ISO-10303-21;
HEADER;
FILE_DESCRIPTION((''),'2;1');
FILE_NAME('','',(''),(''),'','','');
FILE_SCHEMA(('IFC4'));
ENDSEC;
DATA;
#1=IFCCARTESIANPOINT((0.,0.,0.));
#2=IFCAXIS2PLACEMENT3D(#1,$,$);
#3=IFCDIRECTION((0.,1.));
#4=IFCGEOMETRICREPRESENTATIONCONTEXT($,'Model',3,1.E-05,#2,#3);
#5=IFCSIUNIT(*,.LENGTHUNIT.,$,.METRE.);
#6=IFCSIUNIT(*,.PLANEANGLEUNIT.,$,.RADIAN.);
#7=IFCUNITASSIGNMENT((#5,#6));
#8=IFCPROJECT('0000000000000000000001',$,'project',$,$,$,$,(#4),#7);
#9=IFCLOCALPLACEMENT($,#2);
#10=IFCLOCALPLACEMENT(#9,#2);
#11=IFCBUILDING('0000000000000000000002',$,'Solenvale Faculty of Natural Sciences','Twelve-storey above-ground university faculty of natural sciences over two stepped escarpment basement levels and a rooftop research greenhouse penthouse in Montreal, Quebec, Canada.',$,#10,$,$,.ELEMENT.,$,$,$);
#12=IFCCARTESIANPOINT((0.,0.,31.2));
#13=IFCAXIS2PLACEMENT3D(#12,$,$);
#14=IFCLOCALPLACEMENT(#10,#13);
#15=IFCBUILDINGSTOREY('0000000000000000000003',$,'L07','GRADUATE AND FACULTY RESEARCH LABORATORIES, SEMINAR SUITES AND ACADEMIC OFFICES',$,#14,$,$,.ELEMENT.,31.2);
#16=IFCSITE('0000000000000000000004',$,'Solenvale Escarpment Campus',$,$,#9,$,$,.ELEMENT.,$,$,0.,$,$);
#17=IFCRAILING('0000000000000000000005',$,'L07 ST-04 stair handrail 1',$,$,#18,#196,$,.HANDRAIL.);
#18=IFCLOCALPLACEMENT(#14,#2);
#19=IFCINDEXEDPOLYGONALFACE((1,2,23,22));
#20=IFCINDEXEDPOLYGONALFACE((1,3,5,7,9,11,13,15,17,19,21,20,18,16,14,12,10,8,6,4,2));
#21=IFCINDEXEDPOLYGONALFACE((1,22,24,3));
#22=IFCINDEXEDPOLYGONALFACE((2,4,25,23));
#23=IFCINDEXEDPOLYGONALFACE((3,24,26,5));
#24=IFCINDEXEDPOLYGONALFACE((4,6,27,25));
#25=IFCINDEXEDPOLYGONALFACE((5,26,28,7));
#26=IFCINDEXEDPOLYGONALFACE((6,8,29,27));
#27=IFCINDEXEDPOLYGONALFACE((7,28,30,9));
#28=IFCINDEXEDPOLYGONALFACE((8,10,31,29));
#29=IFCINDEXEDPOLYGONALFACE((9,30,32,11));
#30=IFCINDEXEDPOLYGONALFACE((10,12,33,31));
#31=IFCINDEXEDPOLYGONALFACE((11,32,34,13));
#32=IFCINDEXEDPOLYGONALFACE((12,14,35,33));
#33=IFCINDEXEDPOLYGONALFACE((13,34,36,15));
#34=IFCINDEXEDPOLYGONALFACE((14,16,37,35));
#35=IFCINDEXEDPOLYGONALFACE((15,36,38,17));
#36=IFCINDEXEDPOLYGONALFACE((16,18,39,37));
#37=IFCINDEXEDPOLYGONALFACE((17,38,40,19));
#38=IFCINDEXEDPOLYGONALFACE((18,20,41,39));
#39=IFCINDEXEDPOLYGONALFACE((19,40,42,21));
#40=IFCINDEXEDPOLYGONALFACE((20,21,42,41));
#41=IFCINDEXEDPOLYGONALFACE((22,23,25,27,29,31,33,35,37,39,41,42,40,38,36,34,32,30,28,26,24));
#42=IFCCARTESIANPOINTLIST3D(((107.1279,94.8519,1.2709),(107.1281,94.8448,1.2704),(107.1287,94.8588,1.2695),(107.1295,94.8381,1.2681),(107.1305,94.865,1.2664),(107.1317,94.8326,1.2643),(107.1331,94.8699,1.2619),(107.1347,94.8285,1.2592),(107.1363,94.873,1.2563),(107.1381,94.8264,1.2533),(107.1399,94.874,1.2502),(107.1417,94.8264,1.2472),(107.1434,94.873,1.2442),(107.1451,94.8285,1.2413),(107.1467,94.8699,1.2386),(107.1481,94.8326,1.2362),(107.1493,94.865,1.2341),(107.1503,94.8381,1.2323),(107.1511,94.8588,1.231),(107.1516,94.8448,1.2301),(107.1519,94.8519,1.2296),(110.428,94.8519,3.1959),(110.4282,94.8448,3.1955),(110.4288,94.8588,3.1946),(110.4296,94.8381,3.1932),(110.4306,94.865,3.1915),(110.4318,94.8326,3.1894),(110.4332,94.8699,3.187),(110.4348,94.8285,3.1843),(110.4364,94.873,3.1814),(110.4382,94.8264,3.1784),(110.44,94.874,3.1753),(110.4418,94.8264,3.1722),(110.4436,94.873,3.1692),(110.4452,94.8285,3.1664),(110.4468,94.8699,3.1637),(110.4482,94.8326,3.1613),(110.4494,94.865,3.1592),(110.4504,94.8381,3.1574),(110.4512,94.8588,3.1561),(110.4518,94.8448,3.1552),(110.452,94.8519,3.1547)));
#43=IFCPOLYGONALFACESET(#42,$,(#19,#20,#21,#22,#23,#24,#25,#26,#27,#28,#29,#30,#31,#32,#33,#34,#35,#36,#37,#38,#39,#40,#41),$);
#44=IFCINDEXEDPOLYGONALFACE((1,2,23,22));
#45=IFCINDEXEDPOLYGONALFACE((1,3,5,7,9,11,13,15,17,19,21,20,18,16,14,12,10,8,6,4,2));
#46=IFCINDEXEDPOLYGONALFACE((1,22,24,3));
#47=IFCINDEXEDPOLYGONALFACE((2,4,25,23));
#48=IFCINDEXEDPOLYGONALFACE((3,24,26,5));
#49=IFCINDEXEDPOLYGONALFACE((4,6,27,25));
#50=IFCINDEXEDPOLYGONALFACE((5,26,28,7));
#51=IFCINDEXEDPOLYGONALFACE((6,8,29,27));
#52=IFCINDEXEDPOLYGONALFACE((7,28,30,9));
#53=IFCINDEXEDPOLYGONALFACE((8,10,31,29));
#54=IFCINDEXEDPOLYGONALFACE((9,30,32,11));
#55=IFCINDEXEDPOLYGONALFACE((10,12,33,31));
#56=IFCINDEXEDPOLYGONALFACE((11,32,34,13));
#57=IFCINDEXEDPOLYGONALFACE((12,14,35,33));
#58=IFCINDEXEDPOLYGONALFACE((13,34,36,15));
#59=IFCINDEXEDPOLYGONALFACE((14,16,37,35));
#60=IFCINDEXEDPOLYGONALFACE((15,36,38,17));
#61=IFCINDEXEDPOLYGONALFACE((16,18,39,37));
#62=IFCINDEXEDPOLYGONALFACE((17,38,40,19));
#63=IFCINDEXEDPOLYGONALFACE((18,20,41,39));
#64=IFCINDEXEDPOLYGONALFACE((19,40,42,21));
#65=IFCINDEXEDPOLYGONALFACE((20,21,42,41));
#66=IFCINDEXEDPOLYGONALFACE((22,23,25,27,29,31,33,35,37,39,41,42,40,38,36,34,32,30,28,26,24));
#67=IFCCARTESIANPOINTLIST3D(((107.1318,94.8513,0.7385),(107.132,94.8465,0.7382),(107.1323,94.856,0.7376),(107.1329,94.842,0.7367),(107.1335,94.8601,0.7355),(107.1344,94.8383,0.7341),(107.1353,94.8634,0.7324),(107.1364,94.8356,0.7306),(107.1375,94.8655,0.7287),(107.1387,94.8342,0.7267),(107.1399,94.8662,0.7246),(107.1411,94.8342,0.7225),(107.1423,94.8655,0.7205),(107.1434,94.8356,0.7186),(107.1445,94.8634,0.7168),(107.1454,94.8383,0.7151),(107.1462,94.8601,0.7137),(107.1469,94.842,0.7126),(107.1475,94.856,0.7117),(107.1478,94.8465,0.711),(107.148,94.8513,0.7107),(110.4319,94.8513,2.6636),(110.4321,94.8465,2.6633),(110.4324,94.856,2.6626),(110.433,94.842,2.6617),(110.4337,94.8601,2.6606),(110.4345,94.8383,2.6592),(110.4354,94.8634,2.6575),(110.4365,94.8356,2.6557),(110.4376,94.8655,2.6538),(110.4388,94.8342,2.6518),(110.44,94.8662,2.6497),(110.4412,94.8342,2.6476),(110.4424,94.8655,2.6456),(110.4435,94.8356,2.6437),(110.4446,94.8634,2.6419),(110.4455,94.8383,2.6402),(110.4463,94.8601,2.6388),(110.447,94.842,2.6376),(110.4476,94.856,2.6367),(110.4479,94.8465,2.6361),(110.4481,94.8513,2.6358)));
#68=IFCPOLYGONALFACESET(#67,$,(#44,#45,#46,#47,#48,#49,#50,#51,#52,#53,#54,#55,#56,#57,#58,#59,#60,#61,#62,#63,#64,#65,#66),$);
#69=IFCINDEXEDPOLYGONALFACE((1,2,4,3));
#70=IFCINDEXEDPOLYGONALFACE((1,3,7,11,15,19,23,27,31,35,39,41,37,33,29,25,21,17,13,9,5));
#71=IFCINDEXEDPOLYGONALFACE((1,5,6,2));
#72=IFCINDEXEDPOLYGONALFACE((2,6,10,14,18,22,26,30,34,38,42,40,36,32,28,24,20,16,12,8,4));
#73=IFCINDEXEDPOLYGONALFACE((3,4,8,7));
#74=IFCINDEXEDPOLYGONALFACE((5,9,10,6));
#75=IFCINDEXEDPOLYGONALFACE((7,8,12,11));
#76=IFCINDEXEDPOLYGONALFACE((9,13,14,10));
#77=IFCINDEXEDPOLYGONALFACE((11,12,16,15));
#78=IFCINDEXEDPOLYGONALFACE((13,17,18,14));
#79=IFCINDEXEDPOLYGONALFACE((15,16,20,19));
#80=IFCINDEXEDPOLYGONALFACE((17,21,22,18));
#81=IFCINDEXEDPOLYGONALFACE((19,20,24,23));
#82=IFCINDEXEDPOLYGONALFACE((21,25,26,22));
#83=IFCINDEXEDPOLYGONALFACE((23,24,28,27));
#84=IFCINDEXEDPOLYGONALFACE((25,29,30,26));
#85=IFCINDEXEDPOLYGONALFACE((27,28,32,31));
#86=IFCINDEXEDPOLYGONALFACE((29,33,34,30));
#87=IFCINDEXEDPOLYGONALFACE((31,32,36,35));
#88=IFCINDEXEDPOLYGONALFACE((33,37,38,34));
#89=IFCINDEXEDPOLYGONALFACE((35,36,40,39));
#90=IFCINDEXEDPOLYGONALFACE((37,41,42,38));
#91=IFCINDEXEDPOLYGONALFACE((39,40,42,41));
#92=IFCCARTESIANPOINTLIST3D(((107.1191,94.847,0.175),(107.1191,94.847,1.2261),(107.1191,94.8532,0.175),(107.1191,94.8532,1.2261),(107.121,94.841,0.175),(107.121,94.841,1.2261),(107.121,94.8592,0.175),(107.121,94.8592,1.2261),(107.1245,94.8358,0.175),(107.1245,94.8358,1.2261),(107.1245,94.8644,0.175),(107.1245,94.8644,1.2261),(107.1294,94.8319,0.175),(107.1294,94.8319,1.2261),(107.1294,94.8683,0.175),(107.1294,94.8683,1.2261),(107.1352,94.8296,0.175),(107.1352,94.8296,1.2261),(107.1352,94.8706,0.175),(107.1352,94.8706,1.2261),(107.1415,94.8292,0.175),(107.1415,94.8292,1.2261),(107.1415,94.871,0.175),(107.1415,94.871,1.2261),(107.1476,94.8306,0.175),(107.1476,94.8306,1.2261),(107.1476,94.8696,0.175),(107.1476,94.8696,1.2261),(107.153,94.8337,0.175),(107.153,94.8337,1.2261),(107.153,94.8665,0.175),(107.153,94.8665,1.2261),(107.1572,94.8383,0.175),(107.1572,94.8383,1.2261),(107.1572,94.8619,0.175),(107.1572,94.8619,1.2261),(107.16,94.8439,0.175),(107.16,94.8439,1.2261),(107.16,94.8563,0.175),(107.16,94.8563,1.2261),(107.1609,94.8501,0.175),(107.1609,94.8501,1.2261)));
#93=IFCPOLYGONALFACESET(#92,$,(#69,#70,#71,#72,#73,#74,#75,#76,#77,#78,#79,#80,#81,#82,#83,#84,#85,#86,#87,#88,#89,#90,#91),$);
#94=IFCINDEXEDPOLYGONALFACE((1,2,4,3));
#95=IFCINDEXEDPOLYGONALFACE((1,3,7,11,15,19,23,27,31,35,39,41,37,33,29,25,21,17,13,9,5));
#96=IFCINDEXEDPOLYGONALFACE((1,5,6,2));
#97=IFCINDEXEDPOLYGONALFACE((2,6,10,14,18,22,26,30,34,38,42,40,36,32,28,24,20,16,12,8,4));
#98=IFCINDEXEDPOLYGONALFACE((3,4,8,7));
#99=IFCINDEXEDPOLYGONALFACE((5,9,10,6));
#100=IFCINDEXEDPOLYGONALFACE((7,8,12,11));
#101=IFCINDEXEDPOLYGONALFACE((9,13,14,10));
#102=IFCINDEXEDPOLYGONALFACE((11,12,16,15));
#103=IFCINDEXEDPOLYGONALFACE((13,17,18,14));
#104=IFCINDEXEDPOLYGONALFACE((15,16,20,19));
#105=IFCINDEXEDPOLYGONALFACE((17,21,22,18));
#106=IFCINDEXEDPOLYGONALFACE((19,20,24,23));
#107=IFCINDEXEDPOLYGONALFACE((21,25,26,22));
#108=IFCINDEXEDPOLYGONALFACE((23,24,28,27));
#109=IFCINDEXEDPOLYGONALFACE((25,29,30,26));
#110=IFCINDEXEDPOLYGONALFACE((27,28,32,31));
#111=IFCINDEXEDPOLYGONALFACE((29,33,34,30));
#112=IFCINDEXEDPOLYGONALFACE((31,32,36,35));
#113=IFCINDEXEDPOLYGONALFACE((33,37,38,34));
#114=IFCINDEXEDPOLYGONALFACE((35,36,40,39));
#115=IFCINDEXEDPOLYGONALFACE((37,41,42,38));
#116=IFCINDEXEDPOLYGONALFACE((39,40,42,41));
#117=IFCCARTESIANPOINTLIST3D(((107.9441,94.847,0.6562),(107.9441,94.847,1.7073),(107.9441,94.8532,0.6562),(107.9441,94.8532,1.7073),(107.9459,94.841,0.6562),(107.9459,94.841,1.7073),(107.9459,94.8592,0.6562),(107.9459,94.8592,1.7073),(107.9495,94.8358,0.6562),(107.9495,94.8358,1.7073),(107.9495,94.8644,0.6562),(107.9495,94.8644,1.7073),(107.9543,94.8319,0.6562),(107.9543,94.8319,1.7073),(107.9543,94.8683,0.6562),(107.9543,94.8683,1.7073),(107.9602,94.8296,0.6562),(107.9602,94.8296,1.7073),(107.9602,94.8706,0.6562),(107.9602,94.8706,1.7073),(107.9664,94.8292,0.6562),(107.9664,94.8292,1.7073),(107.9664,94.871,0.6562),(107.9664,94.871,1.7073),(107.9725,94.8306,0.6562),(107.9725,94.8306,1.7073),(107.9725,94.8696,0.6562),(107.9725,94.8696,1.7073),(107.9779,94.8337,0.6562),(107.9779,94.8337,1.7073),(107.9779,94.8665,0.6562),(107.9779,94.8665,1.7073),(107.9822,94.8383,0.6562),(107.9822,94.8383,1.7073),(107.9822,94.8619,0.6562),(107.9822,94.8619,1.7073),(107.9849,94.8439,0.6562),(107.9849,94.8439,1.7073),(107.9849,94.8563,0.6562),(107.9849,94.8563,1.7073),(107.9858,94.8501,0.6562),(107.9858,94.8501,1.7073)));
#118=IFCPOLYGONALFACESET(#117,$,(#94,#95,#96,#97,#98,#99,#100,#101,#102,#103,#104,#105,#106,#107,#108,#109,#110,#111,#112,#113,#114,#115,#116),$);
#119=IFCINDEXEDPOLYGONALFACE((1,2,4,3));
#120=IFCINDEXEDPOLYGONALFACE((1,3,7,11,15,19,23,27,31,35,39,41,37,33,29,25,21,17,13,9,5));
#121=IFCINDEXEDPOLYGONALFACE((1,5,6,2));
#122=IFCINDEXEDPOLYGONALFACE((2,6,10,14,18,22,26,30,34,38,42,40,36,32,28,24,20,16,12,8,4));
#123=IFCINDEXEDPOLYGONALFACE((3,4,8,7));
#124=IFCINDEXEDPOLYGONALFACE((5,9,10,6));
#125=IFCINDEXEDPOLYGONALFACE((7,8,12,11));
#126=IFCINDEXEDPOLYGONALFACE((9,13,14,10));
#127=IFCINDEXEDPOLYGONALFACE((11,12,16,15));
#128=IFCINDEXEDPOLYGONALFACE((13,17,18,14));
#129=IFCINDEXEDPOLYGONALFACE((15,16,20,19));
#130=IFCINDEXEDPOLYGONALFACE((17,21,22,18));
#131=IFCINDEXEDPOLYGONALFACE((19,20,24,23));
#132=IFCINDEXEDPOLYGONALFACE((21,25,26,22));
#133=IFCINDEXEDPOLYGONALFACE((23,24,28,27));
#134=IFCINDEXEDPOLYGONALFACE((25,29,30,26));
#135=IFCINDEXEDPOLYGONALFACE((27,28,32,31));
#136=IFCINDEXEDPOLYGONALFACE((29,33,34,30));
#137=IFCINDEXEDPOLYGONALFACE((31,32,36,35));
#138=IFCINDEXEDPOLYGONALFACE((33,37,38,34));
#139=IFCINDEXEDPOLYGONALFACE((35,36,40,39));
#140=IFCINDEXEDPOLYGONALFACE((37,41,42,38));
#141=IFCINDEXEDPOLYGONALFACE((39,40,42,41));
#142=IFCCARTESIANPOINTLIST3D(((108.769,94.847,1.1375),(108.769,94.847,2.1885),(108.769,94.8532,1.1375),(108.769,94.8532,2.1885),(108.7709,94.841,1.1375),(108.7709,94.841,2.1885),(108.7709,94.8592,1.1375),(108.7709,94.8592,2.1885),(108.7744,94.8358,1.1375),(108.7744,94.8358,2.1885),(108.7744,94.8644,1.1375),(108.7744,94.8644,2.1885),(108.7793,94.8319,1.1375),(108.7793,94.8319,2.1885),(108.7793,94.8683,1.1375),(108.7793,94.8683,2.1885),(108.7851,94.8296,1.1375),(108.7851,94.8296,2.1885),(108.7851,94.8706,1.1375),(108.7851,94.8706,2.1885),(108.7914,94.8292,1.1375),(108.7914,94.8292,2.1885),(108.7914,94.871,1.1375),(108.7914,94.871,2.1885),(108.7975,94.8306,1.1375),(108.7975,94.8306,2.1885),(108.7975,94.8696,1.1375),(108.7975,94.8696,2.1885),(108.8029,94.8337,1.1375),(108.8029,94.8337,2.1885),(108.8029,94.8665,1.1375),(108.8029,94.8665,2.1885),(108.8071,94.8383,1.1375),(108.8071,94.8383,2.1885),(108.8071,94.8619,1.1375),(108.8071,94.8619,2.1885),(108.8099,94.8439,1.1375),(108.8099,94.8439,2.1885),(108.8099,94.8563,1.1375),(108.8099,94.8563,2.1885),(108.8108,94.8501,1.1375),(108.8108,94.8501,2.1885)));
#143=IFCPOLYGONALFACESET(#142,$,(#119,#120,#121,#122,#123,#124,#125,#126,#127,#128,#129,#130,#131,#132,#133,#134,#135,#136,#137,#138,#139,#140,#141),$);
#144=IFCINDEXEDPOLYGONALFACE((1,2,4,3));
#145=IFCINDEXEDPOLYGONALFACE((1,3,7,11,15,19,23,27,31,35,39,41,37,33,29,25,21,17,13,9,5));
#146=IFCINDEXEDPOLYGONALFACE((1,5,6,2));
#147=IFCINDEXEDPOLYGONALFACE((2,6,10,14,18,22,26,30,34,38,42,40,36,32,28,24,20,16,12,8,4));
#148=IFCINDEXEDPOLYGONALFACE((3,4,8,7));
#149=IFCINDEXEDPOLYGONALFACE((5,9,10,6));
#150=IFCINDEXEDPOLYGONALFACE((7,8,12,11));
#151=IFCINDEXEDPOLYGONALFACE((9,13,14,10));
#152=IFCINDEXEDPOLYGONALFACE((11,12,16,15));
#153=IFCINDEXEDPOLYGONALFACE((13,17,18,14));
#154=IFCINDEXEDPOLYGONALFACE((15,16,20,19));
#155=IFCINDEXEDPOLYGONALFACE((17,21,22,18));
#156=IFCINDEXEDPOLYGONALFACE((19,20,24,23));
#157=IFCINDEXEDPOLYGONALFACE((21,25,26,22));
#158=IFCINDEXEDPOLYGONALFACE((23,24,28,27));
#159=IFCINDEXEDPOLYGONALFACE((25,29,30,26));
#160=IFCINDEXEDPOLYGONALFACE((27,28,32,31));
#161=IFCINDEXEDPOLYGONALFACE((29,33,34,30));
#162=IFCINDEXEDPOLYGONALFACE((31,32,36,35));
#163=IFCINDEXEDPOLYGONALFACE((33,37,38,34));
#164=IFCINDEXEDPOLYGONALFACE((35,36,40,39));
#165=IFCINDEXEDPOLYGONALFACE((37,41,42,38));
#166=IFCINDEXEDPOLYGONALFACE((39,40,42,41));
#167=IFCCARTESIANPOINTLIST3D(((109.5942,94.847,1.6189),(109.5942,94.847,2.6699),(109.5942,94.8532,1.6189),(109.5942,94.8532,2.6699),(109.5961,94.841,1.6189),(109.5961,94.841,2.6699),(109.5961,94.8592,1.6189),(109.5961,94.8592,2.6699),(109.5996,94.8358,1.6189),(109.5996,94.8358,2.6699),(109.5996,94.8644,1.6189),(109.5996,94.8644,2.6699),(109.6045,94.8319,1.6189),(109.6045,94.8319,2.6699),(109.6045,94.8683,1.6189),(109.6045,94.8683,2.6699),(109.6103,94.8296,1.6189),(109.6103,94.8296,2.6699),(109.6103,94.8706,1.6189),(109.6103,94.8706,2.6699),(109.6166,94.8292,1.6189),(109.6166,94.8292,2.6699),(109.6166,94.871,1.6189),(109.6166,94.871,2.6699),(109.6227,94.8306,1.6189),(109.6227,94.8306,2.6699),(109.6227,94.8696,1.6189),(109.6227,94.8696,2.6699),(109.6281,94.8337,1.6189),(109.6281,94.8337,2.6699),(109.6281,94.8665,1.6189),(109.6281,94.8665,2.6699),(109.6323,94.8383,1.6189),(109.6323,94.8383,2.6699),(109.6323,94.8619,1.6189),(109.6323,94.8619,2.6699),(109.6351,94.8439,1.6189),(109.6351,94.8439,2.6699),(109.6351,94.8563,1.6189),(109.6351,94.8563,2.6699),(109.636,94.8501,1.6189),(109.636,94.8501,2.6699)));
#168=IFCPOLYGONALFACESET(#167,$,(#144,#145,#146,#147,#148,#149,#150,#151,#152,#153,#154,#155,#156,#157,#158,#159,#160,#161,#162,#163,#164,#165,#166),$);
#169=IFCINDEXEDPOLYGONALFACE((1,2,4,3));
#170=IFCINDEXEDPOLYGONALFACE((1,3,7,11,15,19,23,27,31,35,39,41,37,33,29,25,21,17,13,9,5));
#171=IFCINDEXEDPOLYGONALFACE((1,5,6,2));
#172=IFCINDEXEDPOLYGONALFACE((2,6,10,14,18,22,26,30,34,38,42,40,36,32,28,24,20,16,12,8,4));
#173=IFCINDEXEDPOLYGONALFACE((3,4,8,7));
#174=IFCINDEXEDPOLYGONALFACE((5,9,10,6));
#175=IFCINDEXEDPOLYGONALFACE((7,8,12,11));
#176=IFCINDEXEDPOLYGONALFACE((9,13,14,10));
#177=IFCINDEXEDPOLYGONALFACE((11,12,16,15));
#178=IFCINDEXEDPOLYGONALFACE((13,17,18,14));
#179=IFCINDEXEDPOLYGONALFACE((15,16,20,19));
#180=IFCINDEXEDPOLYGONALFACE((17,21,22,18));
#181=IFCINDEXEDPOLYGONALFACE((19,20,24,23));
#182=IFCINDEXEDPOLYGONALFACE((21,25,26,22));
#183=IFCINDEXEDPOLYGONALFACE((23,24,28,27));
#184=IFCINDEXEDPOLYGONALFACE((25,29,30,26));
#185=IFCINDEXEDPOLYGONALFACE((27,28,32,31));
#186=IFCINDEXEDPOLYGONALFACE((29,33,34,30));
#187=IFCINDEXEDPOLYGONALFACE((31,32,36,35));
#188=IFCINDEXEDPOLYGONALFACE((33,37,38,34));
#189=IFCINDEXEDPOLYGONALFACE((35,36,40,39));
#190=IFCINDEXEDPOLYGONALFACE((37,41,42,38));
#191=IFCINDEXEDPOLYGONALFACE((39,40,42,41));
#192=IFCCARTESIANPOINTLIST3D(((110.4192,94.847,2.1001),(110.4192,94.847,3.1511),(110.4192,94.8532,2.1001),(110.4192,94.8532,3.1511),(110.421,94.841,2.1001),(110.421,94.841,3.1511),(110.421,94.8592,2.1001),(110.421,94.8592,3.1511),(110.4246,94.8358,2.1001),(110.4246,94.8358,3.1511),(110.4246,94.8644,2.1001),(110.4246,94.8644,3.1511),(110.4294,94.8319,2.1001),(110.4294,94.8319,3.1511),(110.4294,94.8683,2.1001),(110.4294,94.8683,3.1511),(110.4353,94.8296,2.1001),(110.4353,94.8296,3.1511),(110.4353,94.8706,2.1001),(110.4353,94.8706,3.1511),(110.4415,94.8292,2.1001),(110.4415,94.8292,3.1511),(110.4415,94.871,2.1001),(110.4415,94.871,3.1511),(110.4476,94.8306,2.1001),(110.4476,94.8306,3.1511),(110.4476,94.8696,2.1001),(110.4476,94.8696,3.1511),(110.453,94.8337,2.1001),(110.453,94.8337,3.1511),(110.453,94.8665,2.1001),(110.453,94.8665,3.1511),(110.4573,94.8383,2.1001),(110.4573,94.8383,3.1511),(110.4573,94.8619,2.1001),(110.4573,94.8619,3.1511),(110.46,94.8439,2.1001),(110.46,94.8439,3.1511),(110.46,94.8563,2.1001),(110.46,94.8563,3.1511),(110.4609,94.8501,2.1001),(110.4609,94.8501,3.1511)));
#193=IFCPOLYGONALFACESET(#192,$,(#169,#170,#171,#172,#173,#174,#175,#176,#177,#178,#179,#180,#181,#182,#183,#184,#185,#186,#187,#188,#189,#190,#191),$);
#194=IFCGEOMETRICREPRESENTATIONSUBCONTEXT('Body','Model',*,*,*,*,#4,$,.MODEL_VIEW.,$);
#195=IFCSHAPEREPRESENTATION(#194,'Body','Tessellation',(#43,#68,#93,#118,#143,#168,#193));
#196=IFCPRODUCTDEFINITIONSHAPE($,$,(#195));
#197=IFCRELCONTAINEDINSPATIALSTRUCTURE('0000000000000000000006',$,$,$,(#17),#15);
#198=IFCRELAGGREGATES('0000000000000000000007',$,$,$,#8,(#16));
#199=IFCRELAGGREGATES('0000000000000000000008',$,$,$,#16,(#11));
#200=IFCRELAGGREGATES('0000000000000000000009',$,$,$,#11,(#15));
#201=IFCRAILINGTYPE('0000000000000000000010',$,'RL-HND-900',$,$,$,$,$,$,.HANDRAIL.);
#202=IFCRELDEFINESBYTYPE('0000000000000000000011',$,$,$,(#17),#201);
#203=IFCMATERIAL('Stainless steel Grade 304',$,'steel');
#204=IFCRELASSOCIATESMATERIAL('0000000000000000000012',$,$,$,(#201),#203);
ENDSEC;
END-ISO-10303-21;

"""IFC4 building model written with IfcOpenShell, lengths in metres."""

from ifc_helpers import new_model, si_unit, direction, frame, origin, origin_2d, place, context, subcontext, project, spatial, circle, extrude, material, type_object, element, save


model = new_model("IFC4")

# Units and contexts
model_context = context("Model", 3, precision=1e-05, world=origin(), true_north=direction((0.0, 1.0)))
body_context = subcontext(model_context, "Body", "Model", "MODEL_VIEW")
ifc_project = project(units=[si_unit("LENGTHUNIT", "METRE"), si_unit("PLANEANGLEUNIT", "RADIAN")], contexts=[model_context])

# Site, building, storey
site_placement = place(None, origin())
site = spatial("IfcSite", under=ifc_project, at=site_placement, Name="Solenvale Escarpment Campus", CompositionType="ELEMENT", RefElevation=0.0)
building_placement = place(site_placement, origin())
building = spatial("IfcBuilding", under=site, at=building_placement, Name="Solenvale Faculty of Natural Sciences", Description="Twelve-storey above-ground university faculty of natural sciences over two stepped escarpment basement levels and a rooftop research greenhouse penthouse in Montreal, Quebec, Canada.", CompositionType="ELEMENT")
storey_placement = place(building_placement, frame((0.0, 0.0, 31.2)))
storey = spatial("IfcBuildingStorey", under=building, at=storey_placement, Name="L07", Description="GRADUATE AND FACULTY RESEARCH LABORATORIES, SEMINAR SUITES AND ACADEMIC OFFICES", CompositionType="ELEMENT", Elevation=31.2)

# Railing
ifc_material_1 = material(Name="Stainless steel Grade 304", Category="steel")
railing_type_1 = type_object("IfcRailingType", Name="RL-HND-900", PredefinedType="HANDRAIL", material=ifc_material_1)
railing_1_placement = place(storey_placement, frame((107.1399, 94.8501, 0.175)))
element("IfcRailing", 1, at=railing_1_placement, inside=storey, type_object=railing_type_1, Name="L07 ST-04 stair handrail 1", PredefinedType="HANDRAIL", context=body_context, shape_type="SweptSolid", body=[
    extrude(circle(Radius=0.0239, at=origin_2d()), frame((0.0, 0.0, 1.0752), z_axis=(0.863777, 0.0, 0.503875), x_axis=(0.0, 1.0, 0.0)), (0.0, 0.0, 1.0), 3.8206),
    extrude(circle(Radius=0.0161, at=origin_2d()), frame((0.0, 0.0, 0.5496), z_axis=(0.863777, 0.0, 0.503875), x_axis=(0.0, 1.0, 0.0)), (0.0, 0.0, 1.0), 3.8206),
    extrude(circle(Radius=0.021, at=origin_2d()), origin(), (0.0, 0.0, 1.0), 1.051),
    extrude(circle(Radius=0.021, at=origin_2d()), frame((0.825, 0.0, 0.4812)), (0.0, 0.0, 1.0), 1.051),
    extrude(circle(Radius=0.021, at=origin_2d()), frame((1.6499, 0.0, 0.9624)), (0.0, 0.0, 1.0), 1.051),
    extrude(circle(Radius=0.021, at=origin_2d()), frame((2.4751, 0.0, 1.4438)), (0.0, 0.0, 1.0), 1.051),
    extrude(circle(Radius=0.021, at=origin_2d()), frame((3.3, 0.0, 1.925)), (0.0, 0.0, 1.0), 1.051),
])

save(model, "model.ifc")
